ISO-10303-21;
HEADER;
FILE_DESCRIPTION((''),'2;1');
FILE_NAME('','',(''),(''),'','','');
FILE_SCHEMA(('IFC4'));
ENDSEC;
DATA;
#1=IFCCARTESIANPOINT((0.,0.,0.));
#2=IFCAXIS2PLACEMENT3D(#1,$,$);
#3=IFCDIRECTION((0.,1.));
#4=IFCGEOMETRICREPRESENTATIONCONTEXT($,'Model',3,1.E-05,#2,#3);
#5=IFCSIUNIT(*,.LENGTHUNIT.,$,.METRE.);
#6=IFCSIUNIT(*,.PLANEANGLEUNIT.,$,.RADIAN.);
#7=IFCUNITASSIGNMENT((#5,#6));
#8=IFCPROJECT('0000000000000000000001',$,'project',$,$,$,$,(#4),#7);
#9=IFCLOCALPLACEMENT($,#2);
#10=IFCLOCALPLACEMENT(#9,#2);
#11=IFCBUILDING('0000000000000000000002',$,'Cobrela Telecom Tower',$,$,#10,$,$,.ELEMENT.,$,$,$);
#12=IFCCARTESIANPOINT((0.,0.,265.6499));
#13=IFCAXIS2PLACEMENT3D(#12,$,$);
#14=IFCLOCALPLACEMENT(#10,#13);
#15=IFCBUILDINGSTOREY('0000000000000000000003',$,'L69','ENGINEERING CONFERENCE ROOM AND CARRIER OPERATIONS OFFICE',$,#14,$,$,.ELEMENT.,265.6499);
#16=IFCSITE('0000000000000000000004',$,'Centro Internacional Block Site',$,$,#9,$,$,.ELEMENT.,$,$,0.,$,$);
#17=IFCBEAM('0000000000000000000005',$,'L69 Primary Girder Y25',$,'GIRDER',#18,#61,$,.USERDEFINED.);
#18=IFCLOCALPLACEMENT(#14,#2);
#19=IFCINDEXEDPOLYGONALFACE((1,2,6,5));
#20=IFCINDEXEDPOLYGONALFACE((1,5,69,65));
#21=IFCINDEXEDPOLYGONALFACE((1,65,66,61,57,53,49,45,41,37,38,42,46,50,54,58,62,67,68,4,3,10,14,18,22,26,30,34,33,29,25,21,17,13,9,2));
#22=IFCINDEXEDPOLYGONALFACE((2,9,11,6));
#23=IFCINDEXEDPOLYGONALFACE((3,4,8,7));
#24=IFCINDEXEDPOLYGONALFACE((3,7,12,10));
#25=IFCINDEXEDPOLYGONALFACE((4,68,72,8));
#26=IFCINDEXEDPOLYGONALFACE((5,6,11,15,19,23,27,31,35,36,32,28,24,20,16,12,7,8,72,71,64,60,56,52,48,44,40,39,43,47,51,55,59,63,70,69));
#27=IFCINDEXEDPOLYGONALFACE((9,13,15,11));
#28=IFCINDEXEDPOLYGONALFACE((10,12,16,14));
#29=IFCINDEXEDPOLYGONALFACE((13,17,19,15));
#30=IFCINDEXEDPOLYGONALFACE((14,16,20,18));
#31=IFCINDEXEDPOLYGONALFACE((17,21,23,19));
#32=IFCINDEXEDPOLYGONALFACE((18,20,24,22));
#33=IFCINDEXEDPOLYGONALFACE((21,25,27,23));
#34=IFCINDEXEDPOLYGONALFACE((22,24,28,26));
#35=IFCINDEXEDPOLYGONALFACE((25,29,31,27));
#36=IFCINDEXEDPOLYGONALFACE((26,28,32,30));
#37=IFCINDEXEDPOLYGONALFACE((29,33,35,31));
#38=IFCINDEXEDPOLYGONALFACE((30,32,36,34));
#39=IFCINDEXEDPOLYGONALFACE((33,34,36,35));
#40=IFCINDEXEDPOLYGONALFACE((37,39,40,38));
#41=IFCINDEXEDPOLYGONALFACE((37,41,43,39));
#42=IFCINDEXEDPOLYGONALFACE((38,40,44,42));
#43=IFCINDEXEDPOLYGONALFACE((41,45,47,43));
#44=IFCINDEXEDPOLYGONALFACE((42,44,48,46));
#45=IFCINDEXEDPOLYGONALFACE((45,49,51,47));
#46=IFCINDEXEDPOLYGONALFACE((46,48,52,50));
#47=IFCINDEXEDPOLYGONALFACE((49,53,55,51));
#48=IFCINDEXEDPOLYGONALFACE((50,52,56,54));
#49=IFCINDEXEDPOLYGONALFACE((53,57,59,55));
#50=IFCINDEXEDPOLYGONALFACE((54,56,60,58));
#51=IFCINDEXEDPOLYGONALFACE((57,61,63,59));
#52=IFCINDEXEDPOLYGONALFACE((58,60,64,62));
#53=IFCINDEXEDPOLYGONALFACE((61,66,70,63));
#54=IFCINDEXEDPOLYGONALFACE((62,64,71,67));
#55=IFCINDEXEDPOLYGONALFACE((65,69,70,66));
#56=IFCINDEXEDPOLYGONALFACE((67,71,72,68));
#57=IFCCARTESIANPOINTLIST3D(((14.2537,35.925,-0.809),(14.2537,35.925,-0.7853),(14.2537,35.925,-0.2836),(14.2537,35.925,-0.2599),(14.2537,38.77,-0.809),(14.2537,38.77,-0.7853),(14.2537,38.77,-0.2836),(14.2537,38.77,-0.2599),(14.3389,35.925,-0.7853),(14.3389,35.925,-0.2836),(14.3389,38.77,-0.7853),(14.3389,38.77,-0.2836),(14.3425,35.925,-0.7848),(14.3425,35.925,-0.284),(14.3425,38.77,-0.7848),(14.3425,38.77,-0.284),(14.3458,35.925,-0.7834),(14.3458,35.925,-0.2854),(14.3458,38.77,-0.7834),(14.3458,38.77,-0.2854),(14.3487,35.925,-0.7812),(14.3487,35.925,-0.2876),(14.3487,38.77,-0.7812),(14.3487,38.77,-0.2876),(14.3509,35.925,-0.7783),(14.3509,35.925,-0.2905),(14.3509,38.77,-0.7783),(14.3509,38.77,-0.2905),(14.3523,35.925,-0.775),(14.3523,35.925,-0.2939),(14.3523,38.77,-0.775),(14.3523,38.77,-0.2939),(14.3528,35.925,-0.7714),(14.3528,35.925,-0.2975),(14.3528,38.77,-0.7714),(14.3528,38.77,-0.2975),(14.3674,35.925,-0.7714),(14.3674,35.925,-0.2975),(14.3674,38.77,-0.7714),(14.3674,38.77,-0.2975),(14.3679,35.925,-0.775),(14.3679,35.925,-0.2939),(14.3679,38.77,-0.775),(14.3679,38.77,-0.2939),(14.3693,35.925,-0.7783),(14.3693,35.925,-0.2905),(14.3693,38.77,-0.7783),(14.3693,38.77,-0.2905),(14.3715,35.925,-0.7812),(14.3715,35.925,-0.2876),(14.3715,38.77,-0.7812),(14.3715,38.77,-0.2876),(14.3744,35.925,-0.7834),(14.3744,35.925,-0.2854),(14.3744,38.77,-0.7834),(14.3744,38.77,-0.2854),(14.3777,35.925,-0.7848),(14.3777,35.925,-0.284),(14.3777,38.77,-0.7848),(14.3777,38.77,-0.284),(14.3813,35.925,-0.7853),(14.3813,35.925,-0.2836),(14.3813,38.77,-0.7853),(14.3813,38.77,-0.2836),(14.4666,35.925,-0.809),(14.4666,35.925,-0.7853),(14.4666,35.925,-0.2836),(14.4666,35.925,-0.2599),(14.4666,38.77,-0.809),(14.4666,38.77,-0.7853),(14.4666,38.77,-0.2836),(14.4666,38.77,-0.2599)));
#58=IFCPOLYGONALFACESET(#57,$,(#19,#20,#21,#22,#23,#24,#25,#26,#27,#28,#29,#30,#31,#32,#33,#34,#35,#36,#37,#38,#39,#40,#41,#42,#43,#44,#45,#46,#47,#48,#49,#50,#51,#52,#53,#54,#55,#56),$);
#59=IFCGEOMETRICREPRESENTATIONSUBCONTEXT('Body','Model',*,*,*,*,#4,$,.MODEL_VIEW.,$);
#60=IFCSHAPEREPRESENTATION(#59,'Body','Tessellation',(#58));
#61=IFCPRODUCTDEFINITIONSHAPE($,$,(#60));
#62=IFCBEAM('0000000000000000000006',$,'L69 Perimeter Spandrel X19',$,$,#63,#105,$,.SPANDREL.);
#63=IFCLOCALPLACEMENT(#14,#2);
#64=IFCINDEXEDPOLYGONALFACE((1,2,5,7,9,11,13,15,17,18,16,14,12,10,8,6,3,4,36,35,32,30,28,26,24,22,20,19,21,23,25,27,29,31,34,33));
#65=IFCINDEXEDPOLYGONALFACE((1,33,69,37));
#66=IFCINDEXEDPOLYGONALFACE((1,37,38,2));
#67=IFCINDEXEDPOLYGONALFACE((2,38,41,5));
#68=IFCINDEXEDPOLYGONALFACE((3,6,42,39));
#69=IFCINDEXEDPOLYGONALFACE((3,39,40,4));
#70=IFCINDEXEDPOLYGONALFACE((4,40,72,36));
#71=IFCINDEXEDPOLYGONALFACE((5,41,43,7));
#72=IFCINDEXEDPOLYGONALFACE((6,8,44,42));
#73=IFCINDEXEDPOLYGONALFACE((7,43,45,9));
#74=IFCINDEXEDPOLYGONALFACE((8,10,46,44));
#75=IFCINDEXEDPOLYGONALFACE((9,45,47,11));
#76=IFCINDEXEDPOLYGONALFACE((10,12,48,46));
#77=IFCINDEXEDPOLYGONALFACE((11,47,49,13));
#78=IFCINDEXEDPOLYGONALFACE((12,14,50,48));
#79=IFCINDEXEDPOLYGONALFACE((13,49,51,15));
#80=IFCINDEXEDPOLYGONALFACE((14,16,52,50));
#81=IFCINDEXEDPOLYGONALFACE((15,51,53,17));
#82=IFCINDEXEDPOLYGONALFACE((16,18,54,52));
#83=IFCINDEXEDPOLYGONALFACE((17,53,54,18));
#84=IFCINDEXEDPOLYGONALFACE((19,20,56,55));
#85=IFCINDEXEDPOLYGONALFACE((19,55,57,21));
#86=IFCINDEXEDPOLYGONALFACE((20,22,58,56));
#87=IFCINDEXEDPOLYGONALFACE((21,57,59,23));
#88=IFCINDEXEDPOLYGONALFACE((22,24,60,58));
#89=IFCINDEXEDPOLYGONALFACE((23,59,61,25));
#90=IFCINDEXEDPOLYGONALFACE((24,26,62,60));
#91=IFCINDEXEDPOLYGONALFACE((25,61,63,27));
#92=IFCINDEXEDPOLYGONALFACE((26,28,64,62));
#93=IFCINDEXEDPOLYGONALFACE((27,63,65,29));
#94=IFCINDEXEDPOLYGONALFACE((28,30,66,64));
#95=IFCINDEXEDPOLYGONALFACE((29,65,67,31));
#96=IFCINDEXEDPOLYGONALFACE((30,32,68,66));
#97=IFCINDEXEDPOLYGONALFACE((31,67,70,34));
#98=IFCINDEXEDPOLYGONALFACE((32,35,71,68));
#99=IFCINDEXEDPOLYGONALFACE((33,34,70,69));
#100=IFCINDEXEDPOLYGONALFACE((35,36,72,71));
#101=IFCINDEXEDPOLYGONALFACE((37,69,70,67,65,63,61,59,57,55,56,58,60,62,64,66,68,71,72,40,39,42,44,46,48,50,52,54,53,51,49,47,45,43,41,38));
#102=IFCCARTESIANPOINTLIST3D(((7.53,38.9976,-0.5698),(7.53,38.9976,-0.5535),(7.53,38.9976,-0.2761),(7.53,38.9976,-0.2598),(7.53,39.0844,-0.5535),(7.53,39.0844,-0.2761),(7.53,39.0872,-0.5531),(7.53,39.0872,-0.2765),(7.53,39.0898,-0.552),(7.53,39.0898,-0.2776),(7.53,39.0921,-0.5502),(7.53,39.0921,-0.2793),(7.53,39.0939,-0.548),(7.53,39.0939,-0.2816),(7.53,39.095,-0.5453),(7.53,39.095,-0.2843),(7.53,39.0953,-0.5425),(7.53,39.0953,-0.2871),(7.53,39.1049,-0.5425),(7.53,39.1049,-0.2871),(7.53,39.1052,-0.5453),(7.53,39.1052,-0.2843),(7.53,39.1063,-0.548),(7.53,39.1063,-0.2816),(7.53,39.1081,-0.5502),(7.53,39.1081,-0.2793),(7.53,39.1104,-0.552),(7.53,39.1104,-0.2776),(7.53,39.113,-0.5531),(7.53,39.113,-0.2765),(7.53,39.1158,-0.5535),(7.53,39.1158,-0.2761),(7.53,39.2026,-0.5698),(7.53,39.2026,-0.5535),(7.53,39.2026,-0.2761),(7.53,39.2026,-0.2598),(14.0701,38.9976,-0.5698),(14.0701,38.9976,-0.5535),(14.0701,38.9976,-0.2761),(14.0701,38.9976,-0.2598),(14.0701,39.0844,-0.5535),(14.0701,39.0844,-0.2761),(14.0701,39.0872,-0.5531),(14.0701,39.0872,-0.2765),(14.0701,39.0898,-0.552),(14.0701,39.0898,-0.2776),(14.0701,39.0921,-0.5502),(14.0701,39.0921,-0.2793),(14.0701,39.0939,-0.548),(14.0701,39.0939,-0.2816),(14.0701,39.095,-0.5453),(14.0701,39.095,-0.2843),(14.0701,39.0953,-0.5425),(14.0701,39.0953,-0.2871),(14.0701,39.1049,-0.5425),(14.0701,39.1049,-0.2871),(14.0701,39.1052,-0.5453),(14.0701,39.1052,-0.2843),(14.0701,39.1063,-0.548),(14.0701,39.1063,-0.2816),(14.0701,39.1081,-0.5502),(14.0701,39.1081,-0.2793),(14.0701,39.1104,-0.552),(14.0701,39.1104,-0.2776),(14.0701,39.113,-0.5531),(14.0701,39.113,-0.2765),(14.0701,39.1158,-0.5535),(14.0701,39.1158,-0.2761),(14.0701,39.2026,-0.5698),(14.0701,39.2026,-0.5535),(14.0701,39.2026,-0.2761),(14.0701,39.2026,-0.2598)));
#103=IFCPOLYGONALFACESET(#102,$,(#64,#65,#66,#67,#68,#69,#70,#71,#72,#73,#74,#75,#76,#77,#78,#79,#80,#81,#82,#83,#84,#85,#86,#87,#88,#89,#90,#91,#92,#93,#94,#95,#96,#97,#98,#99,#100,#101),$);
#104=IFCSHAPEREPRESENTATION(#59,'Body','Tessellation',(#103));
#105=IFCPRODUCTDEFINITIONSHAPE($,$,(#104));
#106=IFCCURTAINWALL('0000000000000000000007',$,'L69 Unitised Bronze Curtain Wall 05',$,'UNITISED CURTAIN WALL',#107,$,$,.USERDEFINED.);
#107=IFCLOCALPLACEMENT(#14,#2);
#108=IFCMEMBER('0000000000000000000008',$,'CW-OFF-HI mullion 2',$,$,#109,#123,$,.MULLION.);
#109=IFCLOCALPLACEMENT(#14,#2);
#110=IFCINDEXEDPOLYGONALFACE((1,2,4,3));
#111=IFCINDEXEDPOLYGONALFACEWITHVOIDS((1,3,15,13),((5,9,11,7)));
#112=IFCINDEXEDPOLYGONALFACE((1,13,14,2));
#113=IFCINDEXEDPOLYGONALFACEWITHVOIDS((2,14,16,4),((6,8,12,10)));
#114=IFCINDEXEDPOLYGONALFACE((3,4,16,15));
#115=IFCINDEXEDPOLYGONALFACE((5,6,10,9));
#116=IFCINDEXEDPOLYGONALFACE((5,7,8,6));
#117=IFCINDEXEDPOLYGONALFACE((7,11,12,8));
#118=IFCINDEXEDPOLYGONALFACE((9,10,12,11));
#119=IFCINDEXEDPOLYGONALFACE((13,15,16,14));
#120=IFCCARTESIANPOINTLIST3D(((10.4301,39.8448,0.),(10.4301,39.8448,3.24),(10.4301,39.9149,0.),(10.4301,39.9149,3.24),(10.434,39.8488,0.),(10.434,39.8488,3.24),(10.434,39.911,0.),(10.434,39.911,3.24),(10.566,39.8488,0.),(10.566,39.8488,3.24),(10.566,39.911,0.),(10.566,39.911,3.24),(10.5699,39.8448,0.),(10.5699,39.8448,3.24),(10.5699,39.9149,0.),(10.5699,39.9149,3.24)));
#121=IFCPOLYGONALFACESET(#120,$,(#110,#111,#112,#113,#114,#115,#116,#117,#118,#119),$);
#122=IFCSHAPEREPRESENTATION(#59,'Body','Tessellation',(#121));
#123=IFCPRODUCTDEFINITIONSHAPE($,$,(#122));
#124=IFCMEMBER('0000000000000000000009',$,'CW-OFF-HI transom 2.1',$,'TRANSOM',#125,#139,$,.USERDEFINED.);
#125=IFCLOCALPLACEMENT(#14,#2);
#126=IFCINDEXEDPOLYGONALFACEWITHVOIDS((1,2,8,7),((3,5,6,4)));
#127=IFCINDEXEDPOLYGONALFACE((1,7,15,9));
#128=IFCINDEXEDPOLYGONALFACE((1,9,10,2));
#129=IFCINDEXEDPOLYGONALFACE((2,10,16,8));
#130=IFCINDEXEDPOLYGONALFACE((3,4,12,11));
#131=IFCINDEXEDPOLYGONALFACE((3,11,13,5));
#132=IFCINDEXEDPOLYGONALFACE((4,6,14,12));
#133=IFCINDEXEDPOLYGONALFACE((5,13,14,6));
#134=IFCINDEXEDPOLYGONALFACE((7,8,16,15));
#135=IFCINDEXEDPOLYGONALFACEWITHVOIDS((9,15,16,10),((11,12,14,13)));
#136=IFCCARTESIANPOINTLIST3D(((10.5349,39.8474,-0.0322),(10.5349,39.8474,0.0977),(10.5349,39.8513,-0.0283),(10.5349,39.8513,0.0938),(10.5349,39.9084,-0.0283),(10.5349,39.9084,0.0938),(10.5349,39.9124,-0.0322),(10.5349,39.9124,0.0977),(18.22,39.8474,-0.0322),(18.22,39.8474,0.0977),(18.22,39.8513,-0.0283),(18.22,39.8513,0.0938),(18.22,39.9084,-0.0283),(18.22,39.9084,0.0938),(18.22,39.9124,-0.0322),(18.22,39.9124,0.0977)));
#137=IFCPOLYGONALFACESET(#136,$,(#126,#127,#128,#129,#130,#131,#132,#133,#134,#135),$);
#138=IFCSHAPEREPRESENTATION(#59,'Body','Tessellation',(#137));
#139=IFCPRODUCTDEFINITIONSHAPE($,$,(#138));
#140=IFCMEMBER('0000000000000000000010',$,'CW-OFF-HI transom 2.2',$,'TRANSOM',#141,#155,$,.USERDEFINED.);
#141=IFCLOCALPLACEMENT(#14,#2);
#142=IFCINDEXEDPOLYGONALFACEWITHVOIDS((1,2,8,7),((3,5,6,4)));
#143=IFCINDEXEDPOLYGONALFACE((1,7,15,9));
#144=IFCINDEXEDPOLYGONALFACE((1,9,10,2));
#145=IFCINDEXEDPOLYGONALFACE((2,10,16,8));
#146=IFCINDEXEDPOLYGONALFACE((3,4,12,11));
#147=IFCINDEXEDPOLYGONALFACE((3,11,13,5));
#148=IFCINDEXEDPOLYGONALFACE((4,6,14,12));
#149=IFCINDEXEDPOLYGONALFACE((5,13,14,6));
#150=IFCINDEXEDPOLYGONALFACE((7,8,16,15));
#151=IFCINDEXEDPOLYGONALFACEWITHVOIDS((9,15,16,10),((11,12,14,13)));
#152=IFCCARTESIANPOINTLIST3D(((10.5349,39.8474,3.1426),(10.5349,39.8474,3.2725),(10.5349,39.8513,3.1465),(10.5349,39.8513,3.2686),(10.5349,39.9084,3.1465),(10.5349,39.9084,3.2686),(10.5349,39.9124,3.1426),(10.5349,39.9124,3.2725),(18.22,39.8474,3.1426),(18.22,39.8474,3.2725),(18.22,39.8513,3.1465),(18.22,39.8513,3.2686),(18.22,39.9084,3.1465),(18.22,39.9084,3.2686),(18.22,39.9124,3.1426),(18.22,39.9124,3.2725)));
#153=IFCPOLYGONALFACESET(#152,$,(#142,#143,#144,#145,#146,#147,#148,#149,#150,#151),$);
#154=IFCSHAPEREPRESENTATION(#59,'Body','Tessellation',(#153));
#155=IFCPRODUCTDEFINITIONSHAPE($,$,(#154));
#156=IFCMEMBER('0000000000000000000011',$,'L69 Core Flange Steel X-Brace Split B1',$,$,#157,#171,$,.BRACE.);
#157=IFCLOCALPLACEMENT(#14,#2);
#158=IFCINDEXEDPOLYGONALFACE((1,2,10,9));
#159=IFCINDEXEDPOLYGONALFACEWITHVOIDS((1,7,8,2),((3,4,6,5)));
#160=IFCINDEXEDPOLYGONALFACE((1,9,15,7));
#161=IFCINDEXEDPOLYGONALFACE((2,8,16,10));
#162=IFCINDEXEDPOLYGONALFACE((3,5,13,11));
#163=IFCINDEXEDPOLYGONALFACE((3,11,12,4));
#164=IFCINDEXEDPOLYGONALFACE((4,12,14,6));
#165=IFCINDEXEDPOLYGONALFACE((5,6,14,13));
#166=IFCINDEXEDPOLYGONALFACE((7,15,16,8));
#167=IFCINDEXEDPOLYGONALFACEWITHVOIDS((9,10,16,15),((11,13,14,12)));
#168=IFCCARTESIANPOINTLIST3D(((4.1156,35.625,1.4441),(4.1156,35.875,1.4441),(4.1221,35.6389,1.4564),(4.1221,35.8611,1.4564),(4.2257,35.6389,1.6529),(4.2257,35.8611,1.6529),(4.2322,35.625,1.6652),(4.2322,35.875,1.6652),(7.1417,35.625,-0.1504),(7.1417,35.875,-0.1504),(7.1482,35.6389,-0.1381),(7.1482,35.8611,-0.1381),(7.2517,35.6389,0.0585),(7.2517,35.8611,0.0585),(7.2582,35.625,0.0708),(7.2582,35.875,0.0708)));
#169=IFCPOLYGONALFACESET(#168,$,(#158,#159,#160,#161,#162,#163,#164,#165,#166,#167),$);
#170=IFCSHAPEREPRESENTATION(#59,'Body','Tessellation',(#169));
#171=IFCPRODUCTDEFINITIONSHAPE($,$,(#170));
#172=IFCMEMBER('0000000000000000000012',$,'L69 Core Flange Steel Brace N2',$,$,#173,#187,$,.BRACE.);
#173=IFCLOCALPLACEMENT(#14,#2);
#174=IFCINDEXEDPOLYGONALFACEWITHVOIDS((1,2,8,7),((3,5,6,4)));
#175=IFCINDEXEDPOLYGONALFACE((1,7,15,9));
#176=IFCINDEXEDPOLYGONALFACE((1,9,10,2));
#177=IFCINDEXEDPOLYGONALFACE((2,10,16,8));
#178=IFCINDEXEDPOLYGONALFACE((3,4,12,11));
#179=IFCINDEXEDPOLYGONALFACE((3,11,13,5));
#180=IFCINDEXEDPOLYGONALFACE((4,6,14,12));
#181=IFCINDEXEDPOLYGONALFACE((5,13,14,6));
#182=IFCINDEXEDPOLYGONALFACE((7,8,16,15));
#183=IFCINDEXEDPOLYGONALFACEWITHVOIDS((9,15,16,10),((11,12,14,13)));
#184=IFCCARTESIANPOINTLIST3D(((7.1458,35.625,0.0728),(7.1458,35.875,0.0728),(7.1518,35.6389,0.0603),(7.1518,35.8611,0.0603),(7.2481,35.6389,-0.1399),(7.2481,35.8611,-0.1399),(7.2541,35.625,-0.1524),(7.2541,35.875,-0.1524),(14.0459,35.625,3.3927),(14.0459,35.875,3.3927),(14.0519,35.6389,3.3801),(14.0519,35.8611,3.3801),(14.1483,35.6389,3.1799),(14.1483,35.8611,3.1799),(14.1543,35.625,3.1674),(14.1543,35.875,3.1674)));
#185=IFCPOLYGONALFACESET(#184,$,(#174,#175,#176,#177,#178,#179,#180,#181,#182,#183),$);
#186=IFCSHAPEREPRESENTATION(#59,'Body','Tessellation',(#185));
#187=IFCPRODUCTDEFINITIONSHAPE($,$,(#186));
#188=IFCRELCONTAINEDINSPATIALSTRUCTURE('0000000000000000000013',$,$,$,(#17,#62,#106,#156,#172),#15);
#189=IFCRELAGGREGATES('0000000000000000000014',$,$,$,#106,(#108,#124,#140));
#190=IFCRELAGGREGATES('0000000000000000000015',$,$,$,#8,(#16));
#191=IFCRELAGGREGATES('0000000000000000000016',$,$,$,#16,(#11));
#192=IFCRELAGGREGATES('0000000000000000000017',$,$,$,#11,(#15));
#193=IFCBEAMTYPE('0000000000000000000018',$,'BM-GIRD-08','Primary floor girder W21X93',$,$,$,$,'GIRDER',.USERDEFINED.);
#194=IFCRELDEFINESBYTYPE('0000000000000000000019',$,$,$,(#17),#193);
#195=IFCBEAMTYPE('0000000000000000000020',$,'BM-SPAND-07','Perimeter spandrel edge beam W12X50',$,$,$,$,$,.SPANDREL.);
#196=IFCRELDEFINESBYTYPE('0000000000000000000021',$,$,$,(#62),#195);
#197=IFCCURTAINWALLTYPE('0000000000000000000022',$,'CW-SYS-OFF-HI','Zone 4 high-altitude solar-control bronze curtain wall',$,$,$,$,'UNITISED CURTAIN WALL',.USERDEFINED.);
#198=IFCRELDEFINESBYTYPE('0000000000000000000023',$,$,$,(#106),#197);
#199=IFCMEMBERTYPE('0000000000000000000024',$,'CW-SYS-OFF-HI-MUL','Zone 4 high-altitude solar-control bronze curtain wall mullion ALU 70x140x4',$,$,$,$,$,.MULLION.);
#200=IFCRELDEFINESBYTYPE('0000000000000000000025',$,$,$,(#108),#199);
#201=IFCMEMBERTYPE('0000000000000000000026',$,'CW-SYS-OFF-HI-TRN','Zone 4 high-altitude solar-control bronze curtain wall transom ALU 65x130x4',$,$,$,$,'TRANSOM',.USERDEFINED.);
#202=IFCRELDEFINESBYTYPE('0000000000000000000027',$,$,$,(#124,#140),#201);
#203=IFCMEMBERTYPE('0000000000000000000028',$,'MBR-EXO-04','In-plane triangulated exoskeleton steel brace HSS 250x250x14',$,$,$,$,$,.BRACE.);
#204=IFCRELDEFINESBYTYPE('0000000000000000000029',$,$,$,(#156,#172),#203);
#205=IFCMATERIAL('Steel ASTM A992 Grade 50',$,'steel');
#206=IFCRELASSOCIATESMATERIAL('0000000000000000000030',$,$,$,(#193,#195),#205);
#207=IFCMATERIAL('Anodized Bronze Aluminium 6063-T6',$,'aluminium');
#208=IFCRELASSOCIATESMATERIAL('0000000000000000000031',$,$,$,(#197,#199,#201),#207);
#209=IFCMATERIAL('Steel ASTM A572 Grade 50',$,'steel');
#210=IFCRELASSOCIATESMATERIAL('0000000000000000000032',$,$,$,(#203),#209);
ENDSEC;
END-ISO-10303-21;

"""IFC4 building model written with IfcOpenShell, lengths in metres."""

from ifc_helpers import new_model, si_unit, direction, frame, origin, origin_2d, place, context, subcontext, project, spatial, hollow_rectangle, i_section, extrude, material, material_profile, profile_set, type_object, element, aggregate, save


model = new_model("IFC4")

# Units and contexts
model_context = context("Model", 3, precision=1e-05, world=origin(), true_north=direction((0.0, 1.0)))
body_context = subcontext(model_context, "Body", "Model", "MODEL_VIEW")
ifc_project = project(units=[si_unit("LENGTHUNIT", "METRE"), si_unit("PLANEANGLEUNIT", "RADIAN")], contexts=[model_context])

# Site, building, storey
site_placement = place(None, origin())
site = spatial("IfcSite", under=ifc_project, at=site_placement, Name="Centro Internacional Block Site", CompositionType="ELEMENT", RefElevation=0.0)
building_placement = place(site_placement, origin())
building = spatial("IfcBuilding", under=site, at=building_placement, Name="Cobrela Telecom Tower", CompositionType="ELEMENT")
storey_placement = place(building_placement, frame((0.0, 0.0, 265.6499)))
storey = spatial("IfcBuildingStorey", under=building, at=storey_placement, Name="L69", Description="ENGINEERING CONFERENCE ROOM AND CARRIER OPERATIONS OFFICE", CompositionType="ELEMENT", Elevation=265.6499)

# Shared definitions
ifc_material_1 = material(Name="Steel ASTM A572 Grade 50", Category="steel")

# Beams
ifc_material_2 = material(Name="Steel ASTM A992 Grade 50", Category="steel")
ifc_material_profile_1 = material_profile(ifc_material_2, i_section(OverallWidth=0.2129, OverallDepth=0.5491, WebThickness=0.0146, FlangeThickness=0.0237, FilletRadius=0.0139, at=origin_2d()), Name="W21X93")
ifc_profile_set_1 = profile_set([ifc_material_profile_1], Name="Steel ASTM A992 Grade 50")
beam_type_1 = type_object("IfcBeamType", Name="BM-GIRD-08", Description="Primary floor girder W21X93", ElementType="GIRDER", PredefinedType="USERDEFINED", material=ifc_profile_set_1)
for number, where, z_axis, x_axis, name in (
    (1, (14.3601, 35.925, -0.5344), (0.0, 1.0, 0.0), (-1.0, 0.0, 0.0), "L69 Primary Girder Y25"),
):
    element("IfcBeam", number, at=place(storey_placement, frame(where, z_axis=z_axis, x_axis=x_axis)), inside=storey, type_object=beam_type_1, Name=name, ObjectType="GIRDER", PredefinedType="USERDEFINED", context=body_context, shape_type="SweptSolid", body=[
        extrude(i_section(OverallWidth=0.2129, OverallDepth=0.5491, WebThickness=0.0146, FlangeThickness=0.0237, FilletRadius=0.0139, at=origin_2d()), origin(), (0.0, 0.0, 1.0), 2.845),
    ])
ifc_material_profile_2 = material_profile(ifc_material_2, i_section(OverallWidth=0.2051, OverallDepth=0.3101, WebThickness=0.0095, FlangeThickness=0.0164, FilletRadius=0.011, at=origin_2d()), Name="W12X50")
ifc_profile_set_2 = profile_set([ifc_material_profile_2], Name="Steel ASTM A992 Grade 50")
beam_type_2 = type_object("IfcBeamType", Name="BM-SPAND-07", Description="Perimeter spandrel edge beam W12X50", PredefinedType="SPANDREL", material=ifc_profile_set_2)
beam_1_placement = place(storey_placement, frame((7.53, 39.1001, -0.4148), z_axis=(1.0, 0.0, 0.0), x_axis=(0.0, 1.0, 0.0)))
element("IfcBeam", 2, at=beam_1_placement, inside=storey, type_object=beam_type_2, Name="L69 Perimeter Spandrel X19", PredefinedType="SPANDREL", context=body_context, shape_type="SweptSolid", body=[
    extrude(i_section(OverallWidth=0.2051, OverallDepth=0.3101, WebThickness=0.0095, FlangeThickness=0.0164, FilletRadius=0.011, at=origin_2d()), origin(), (0.0, 0.0, 1.0), 6.54),
])

# Curtain wall, members
ifc_material_3 = material(Name="Anodized Bronze Aluminium 6063-T6", Category="aluminium")
curtain_wall_type = type_object("IfcCurtainWallType", Name="CW-SYS-OFF-HI", Description="Zone 4 high-altitude solar-control bronze curtain wall", ElementType="UNITISED CURTAIN WALL", PredefinedType="USERDEFINED", material=ifc_material_3)
curtain_wall_placement = place(storey_placement, origin())
curtain_wall = element("IfcCurtainWall", 3, at=curtain_wall_placement, inside=storey, type_object=curtain_wall_type, Name="L69 Unitised Bronze Curtain Wall 05", ObjectType="UNITISED CURTAIN WALL", PredefinedType="USERDEFINED")
ifc_material_profile_3 = material_profile(ifc_material_3, hollow_rectangle(XDim=0.0701, YDim=0.1399, WallThickness=0.0039, at=origin_2d()), Name="ALU 70x140x4")
ifc_profile_set_3 = profile_set([ifc_material_profile_3], Name="Anodized Bronze Aluminium 6063-T6")
member_type_1 = type_object("IfcMemberType", Name="CW-SYS-OFF-HI-MUL", Description="Zone 4 high-altitude solar-control bronze curtain wall mullion ALU 70x140x4", PredefinedType="MULLION", material=ifc_profile_set_3)
member_1_placement = place(storey_placement, frame((10.5, 39.8799, 0.0), z_axis=(0.0, 0.0, 1.0), x_axis=(0.0, 1.0, 0.0)))
member_1 = element("IfcMember", 4, at=member_1_placement, type_object=member_type_1, Name="CW-OFF-HI mullion 2", PredefinedType="MULLION", context=body_context, shape_type="SweptSolid", body=[
    extrude(hollow_rectangle(XDim=0.0701, YDim=0.1399, WallThickness=0.0039, at=origin_2d()), origin(), (0.0, 0.0, 1.0), 3.24),
])
ifc_material_profile_4 = material_profile(ifc_material_3, hollow_rectangle(XDim=0.0649, YDim=0.1299, WallThickness=0.0039, at=origin_2d()), Name="ALU 65x130x4")
ifc_profile_set_4 = profile_set([ifc_material_profile_4], Name="Anodized Bronze Aluminium 6063-T6")
member_type_2 = type_object("IfcMemberType", Name="CW-SYS-OFF-HI-TRN", Description="Zone 4 high-altitude solar-control bronze curtain wall transom ALU 65x130x4", ElementType="TRANSOM", PredefinedType="USERDEFINED", material=ifc_profile_set_4)
member_2_placement = place(storey_placement, frame((10.5349, 39.8799, 0.0327), z_axis=(1.0, 0.0, 0.0), x_axis=(0.0, 1.0, 0.0)))
member_2 = element("IfcMember", 5, at=member_2_placement, type_object=member_type_2, Name="CW-OFF-HI transom 2.1", ObjectType="TRANSOM", PredefinedType="USERDEFINED", context=body_context, shape_type="SweptSolid", body=[
    extrude(hollow_rectangle(XDim=0.0649, YDim=0.1299, WallThickness=0.0039, at=origin_2d()), origin(), (0.0, 0.0, 1.0), 7.6851),
])
member_3_placement = place(storey_placement, frame((10.5349, 39.8799, 3.2075), z_axis=(1.0, 0.0, 0.0), x_axis=(0.0, 1.0, 0.0)))
member_3 = element("IfcMember", 6, at=member_3_placement, type_object=member_type_2, Name="CW-OFF-HI transom 2.2", ObjectType="TRANSOM", PredefinedType="USERDEFINED", context=body_context, shape_type="SweptSolid", body=[
    extrude(hollow_rectangle(XDim=0.0649, YDim=0.1299, WallThickness=0.0039, at=origin_2d()), origin(), (0.0, 0.0, 1.0), 7.6851),
])

# Members
ifc_material_profile_5 = material_profile(ifc_material_1, hollow_rectangle(XDim=0.25, YDim=0.25, WallThickness=0.0139, at=origin_2d()), Name="HSS 250x250x14")
ifc_profile_set_5 = profile_set([ifc_material_profile_5], Name="Steel ASTM A572 Grade 50")
member_type_3 = type_object("IfcMemberType", Name="MBR-EXO-04", Description="In-plane triangulated exoskeleton steel brace HSS 250x250x14", PredefinedType="BRACE", material=ifc_profile_set_5)
member_4_placement = place(storey_placement, frame((7.2, 35.75, -0.0398), z_axis=(-0.884703, 0.0, 0.466155), x_axis=(0.0, -1.0, 0.0)))
element("IfcMember", 7, at=member_4_placement, inside=storey, type_object=member_type_3, Name="L69 Core Flange Steel X-Brace Split B1", PredefinedType="BRACE", context=body_context, shape_type="SweptSolid", body=[
    extrude(hollow_rectangle(XDim=0.25, YDim=0.25, WallThickness=0.0139, at=origin_2d()), origin(), (0.0, 0.0, 1.0), 3.4204),
])
member_5_placement = place(storey_placement, frame((7.2, 35.75, -0.0398), z_axis=(0.901128, 0.0, 0.433554), x_axis=(0.0, 1.0, 0.0)))
element("IfcMember", 8, at=member_5_placement, inside=storey, type_object=member_type_3, Name="L69 Core Flange Steel Brace N2", PredefinedType="BRACE", context=body_context, shape_type="SweptSolid", body=[
    extrude(hollow_rectangle(XDim=0.25, YDim=0.25, WallThickness=0.0139, at=origin_2d()), origin(), (0.0, 0.0, 1.0), 7.6572),
])

aggregate(curtain_wall, [member_1, member_2, member_3])

save(model, "model.ifc")
